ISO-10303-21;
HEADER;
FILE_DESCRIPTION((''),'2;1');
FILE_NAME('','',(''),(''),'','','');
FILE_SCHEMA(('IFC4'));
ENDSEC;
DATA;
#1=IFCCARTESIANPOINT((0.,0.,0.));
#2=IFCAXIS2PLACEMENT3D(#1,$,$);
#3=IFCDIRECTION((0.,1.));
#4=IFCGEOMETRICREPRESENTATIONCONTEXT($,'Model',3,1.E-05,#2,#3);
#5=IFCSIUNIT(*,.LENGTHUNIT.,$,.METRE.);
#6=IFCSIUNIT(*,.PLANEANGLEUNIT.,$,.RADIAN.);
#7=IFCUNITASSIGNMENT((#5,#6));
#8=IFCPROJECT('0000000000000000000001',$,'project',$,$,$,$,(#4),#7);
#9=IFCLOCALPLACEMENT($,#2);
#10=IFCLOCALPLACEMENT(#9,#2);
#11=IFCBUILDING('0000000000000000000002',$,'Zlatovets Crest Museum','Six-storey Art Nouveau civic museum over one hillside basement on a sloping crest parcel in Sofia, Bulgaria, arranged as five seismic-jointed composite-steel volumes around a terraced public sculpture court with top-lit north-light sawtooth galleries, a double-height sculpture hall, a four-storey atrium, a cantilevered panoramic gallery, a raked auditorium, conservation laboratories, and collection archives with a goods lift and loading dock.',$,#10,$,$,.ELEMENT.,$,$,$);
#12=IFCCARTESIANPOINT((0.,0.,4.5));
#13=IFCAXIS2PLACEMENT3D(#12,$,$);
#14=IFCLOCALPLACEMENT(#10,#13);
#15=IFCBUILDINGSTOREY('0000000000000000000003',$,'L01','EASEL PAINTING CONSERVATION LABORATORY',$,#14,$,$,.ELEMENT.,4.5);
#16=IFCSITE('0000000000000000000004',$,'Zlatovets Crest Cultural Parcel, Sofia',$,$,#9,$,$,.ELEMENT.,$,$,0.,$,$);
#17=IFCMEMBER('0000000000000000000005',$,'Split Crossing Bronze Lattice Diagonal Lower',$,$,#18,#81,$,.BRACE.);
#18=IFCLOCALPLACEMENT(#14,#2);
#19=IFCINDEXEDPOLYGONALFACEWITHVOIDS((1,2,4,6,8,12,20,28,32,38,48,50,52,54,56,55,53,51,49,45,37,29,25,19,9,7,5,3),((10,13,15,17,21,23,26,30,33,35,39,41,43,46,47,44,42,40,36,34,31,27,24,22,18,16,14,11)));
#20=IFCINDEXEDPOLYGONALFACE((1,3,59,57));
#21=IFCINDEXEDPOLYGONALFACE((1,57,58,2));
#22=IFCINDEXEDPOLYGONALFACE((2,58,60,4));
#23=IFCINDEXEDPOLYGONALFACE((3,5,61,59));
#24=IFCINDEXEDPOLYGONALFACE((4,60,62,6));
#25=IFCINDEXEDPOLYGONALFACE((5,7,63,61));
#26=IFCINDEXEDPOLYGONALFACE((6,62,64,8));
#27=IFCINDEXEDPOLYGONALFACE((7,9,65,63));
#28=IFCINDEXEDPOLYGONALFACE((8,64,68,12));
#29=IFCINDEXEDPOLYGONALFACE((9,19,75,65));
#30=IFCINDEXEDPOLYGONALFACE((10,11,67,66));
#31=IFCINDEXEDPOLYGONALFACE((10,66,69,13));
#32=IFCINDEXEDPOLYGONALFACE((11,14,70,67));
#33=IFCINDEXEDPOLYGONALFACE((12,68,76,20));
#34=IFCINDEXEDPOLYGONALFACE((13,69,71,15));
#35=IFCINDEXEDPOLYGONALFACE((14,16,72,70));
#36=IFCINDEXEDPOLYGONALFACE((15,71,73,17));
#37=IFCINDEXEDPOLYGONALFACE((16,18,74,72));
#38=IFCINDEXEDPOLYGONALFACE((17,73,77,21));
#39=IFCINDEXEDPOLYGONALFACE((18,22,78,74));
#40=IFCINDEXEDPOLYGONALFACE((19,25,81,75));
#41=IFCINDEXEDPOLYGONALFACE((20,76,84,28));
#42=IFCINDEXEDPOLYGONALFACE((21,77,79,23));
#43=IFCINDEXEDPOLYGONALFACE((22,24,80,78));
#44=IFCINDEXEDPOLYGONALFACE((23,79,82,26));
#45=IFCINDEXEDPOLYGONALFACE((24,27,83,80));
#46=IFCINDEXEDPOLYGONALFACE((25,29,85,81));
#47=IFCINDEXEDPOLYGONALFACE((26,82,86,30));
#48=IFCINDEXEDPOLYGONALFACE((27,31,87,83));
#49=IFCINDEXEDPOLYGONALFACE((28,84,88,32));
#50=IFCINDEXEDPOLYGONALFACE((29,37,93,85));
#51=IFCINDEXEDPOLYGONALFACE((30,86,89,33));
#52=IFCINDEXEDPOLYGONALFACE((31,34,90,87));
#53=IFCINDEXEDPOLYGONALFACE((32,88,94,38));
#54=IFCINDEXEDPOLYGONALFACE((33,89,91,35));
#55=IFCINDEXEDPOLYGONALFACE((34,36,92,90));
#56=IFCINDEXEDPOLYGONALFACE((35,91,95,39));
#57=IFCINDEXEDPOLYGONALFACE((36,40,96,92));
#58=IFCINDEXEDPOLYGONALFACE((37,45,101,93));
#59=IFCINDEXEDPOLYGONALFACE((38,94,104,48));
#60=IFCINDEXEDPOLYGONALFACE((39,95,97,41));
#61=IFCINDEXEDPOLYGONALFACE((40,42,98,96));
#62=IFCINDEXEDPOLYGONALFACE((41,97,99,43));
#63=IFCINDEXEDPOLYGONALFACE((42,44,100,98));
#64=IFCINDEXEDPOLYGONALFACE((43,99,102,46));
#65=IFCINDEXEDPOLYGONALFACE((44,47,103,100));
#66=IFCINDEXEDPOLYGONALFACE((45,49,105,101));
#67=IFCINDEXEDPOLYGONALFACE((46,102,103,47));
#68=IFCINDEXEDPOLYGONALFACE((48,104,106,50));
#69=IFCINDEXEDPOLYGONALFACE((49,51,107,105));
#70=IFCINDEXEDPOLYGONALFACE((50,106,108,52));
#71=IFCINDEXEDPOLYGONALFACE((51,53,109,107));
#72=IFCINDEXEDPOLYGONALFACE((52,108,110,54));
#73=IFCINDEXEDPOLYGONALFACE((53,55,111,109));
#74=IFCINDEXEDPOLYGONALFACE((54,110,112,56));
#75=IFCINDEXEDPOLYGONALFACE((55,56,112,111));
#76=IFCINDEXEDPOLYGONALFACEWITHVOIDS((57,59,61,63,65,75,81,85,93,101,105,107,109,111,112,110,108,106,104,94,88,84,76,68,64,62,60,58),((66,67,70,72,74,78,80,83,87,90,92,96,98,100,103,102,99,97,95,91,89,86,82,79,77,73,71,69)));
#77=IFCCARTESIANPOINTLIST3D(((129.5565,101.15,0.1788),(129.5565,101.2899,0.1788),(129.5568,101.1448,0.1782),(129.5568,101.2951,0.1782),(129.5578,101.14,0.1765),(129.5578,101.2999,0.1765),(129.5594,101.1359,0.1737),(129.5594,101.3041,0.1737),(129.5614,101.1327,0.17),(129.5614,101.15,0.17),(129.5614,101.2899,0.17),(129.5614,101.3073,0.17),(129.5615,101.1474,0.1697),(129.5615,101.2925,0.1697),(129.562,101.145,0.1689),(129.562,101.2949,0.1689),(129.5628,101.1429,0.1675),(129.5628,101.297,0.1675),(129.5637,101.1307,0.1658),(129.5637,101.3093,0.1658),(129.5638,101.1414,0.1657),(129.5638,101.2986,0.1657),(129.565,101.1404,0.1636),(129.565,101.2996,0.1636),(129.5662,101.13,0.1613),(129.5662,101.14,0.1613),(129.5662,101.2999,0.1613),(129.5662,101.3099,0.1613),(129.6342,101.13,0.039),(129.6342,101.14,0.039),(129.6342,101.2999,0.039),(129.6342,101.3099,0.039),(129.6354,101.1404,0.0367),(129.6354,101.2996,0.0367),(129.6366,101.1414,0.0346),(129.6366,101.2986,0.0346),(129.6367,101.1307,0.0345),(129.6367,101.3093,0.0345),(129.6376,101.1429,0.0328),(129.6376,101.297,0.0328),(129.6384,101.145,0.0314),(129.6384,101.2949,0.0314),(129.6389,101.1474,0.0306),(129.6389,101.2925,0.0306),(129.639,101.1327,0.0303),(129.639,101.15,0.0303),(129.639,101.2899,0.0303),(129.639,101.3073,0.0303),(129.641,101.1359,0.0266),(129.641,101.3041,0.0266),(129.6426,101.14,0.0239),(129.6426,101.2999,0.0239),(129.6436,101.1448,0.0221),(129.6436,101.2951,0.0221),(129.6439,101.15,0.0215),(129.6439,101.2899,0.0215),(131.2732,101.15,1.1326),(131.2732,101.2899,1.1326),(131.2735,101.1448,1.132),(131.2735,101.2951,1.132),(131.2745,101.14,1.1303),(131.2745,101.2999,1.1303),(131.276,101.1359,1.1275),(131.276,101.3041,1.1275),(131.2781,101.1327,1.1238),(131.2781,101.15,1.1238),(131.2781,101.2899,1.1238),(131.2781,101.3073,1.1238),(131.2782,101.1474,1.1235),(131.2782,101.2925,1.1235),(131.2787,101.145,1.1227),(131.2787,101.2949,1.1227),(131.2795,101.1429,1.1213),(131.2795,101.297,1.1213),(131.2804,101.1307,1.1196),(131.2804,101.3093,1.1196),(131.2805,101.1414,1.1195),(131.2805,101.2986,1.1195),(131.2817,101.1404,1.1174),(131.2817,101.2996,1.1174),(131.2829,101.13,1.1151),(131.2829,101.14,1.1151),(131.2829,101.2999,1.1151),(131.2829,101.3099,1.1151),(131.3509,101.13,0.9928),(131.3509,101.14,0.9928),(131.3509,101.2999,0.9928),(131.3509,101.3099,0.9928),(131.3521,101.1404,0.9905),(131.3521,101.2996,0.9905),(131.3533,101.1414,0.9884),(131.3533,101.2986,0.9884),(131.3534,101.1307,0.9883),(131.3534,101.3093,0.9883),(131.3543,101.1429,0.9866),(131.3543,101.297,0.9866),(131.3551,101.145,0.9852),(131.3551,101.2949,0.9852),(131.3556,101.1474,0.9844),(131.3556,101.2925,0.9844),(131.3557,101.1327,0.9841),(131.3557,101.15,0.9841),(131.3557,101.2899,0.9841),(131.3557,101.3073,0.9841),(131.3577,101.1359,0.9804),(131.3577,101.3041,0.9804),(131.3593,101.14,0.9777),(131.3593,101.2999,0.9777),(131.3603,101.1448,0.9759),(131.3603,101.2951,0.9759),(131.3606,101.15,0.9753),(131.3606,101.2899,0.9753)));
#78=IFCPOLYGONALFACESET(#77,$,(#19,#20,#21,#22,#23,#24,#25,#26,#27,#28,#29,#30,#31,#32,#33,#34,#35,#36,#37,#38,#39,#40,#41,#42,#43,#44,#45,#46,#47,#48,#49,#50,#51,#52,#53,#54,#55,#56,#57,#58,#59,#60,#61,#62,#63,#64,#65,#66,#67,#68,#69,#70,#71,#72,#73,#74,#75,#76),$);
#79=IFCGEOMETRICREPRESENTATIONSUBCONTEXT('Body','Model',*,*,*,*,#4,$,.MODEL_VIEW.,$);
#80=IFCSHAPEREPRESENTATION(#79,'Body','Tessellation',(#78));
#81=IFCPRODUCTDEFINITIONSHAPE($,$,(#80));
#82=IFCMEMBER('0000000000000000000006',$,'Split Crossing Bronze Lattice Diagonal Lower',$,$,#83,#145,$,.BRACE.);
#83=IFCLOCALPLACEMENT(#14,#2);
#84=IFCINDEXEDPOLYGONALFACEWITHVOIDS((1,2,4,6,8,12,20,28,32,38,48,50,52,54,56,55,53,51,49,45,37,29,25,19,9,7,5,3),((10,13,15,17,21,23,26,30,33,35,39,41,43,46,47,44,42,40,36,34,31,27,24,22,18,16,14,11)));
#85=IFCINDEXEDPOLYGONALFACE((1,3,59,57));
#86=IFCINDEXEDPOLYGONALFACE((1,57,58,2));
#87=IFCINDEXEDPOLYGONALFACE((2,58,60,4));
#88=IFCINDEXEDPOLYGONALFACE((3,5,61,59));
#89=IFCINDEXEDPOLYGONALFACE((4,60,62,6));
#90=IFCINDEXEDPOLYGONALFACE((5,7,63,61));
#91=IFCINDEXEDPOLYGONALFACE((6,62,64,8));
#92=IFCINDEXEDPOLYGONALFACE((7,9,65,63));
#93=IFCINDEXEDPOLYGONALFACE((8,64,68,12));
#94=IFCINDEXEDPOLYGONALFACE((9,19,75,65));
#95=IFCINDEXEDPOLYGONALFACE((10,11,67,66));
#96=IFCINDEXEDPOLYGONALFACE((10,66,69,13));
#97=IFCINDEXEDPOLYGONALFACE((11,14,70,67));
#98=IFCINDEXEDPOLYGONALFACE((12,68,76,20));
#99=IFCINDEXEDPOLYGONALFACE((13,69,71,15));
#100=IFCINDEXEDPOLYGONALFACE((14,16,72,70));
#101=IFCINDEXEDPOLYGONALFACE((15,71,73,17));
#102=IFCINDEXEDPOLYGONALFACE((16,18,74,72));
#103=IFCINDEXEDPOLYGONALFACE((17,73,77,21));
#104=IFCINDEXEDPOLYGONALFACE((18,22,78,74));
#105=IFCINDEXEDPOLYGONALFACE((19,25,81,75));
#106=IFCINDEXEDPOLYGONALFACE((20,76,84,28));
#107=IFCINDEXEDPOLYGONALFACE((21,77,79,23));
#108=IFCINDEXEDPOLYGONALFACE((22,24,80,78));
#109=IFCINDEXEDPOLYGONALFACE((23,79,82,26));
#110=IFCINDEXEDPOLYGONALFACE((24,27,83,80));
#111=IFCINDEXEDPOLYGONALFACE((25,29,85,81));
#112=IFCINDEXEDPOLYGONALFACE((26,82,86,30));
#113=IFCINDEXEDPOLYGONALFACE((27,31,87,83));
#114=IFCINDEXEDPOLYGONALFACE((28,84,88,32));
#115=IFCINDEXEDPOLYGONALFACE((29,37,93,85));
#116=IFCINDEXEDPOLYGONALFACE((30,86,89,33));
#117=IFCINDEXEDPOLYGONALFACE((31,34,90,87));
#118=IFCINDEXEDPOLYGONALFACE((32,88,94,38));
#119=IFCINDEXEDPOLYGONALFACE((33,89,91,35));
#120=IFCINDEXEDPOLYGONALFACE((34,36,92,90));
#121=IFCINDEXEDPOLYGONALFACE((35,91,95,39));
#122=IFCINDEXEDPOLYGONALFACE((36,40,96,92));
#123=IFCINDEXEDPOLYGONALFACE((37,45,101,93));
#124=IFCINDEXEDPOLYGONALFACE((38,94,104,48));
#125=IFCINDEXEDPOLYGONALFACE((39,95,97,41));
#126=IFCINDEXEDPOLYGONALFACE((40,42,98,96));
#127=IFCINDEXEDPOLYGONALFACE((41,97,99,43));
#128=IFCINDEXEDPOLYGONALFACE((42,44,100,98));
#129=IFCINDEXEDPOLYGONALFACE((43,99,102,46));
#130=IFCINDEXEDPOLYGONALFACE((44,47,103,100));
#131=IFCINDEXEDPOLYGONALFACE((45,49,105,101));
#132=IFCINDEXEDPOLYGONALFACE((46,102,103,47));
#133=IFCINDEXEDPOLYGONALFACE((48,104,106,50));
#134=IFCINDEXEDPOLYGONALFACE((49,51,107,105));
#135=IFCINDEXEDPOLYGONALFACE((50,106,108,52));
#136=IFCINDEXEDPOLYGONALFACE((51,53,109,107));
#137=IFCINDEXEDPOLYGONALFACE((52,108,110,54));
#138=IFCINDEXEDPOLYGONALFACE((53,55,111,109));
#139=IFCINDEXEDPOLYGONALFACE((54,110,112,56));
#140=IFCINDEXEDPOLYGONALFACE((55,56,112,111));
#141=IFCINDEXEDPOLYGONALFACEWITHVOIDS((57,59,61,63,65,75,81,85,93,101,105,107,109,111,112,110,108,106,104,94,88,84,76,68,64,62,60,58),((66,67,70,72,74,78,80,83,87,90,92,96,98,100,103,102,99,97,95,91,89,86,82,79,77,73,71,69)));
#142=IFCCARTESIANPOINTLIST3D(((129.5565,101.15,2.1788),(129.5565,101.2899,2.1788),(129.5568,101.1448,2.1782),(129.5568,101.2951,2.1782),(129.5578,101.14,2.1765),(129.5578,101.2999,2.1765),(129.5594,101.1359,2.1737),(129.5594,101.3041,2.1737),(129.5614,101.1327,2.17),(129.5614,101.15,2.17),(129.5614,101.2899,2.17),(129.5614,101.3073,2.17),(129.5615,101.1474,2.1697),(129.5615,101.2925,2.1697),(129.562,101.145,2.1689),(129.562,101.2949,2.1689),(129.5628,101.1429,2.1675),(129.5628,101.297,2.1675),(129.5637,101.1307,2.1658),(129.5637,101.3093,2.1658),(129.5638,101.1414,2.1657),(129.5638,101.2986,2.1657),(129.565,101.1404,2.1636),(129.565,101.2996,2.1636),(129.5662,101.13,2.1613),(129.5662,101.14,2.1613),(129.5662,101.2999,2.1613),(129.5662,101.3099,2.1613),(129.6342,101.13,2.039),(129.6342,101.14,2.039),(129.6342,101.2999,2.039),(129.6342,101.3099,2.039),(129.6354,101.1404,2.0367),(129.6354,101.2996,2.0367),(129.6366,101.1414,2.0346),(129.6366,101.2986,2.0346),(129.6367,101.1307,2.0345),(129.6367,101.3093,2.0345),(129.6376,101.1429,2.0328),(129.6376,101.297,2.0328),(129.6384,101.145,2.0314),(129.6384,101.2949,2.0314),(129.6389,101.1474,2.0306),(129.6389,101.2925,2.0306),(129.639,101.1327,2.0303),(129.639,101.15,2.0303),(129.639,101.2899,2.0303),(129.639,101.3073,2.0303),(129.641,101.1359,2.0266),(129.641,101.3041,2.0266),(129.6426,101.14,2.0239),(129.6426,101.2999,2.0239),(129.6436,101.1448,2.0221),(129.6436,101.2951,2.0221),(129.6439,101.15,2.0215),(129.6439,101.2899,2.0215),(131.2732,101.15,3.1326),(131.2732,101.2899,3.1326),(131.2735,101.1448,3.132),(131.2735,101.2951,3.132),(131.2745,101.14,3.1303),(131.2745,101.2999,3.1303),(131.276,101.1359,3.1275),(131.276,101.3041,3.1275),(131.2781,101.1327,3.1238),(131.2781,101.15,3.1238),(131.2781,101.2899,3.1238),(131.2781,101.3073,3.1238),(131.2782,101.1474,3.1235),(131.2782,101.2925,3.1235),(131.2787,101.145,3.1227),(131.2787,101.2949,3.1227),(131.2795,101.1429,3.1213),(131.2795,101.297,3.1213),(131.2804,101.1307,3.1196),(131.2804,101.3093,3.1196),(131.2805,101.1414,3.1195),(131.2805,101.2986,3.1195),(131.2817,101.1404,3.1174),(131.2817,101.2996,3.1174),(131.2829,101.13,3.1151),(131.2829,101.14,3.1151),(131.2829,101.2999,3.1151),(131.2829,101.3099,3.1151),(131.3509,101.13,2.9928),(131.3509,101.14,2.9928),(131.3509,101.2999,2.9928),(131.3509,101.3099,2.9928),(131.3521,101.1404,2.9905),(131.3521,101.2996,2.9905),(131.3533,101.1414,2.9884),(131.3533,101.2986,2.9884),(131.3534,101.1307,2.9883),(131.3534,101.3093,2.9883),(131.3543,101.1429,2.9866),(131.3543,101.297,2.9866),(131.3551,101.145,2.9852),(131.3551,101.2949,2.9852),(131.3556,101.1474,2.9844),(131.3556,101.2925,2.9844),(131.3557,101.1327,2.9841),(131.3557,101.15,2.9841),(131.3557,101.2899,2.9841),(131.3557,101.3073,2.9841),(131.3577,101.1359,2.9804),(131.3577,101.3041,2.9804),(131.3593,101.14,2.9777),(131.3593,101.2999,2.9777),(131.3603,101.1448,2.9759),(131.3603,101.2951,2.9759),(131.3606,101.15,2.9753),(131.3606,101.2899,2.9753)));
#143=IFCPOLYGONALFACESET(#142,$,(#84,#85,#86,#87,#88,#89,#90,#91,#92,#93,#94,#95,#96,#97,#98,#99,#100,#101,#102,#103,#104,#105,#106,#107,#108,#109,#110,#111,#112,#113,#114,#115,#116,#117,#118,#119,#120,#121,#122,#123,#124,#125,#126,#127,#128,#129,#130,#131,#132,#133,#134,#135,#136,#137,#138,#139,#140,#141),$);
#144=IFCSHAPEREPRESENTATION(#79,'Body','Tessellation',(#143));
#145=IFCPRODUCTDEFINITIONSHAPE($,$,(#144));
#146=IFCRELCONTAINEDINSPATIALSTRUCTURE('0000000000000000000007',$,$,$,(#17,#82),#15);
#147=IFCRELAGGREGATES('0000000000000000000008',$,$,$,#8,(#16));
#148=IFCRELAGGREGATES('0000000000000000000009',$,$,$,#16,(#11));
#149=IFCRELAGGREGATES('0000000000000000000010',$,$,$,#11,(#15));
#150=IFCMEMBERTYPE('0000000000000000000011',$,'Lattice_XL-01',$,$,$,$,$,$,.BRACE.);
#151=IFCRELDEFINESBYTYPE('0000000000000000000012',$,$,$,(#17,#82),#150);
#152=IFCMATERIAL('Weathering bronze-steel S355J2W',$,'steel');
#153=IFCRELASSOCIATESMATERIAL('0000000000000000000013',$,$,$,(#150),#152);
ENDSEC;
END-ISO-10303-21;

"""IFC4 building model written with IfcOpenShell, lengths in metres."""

from ifc_helpers import new_model, si_unit, direction, frame, origin, origin_2d, place, context, subcontext, project, spatial, hollow_rectangle, extrude, material, material_profile, profile_set, type_object, element, save


model = new_model("IFC4")

# Units and contexts
model_context = context("Model", 3, precision=1e-05, world=origin(), true_north=direction((0.0, 1.0)))
body_context = subcontext(model_context, "Body", "Model", "MODEL_VIEW")
ifc_project = project(units=[si_unit("LENGTHUNIT", "METRE"), si_unit("PLANEANGLEUNIT", "RADIAN")], contexts=[model_context])

# Site, building, storey
site_placement = place(None, origin())
site = spatial("IfcSite", under=ifc_project, at=site_placement, Name="Zlatovets Crest Cultural Parcel, Sofia", CompositionType="ELEMENT", RefElevation=0.0)
building_placement = place(site_placement, origin())
building = spatial("IfcBuilding", under=site, at=building_placement, Name="Zlatovets Crest Museum", Description="Six-storey Art Nouveau civic museum over one hillside basement on a sloping crest parcel in Sofia, Bulgaria, arranged as five seismic-jointed composite-steel volumes around a terraced public sculpture court with top-lit north-light sawtooth galleries, a double-height sculpture hall, a four-storey atrium, a cantilevered panoramic gallery, a raked auditorium, conservation laboratories, and collection archives with a goods lift and loading dock.", CompositionType="ELEMENT")
storey_placement = place(building_placement, frame((0.0, 0.0, 4.5)))
storey = spatial("IfcBuildingStorey", under=building, at=storey_placement, Name="L01", Description="EASEL PAINTING CONSERVATION LABORATORY", CompositionType="ELEMENT", Elevation=4.5)

# Members
ifc_material_1 = material(Name="Weathering bronze-steel S355J2W", Category="steel")
ifc_material_profile_1 = material_profile(ifc_material_1, hollow_rectangle(XDim=0.1799, YDim=0.1799, WallThickness=0.01, InnerFilletRadius=0.01, OuterFilletRadius=0.02, at=origin_2d()), Name="SHS 180x180x10.0")
ifc_profile_set_1 = profile_set([ifc_material_profile_1], Name="Weathering bronze-steel S355J2W")
member_type_1 = type_object("IfcMemberType", Name="Lattice_XL-01", PredefinedType="BRACE", material=ifc_profile_set_1)
for number, where, z_axis, x_axis, name in (
    (1, (131.3169, 101.22, 1.054), (-0.87414, 0.0, -0.485675), (0.0, -1.0, 0.0), "Split Crossing Bronze Lattice Diagonal Lower"),
    (2, (131.3169, 101.22, 3.054), (-0.87414, 0.0, -0.485675), (0.0, -1.0, 0.0), "Split Crossing Bronze Lattice Diagonal Lower"),
):
    element("IfcMember", number, at=place(storey_placement, frame(where, z_axis=z_axis, x_axis=x_axis)), inside=storey, type_object=member_type_1, Name=name, PredefinedType="BRACE", context=body_context, shape_type="SweptSolid", body=[
        extrude(hollow_rectangle(XDim=0.1799, YDim=0.1799, WallThickness=0.01, InnerFilletRadius=0.01, OuterFilletRadius=0.02, at=origin_2d()), origin(), (0.0, 0.0, 1.0), 1.9639),
    ])

save(model, "model.ifc")
